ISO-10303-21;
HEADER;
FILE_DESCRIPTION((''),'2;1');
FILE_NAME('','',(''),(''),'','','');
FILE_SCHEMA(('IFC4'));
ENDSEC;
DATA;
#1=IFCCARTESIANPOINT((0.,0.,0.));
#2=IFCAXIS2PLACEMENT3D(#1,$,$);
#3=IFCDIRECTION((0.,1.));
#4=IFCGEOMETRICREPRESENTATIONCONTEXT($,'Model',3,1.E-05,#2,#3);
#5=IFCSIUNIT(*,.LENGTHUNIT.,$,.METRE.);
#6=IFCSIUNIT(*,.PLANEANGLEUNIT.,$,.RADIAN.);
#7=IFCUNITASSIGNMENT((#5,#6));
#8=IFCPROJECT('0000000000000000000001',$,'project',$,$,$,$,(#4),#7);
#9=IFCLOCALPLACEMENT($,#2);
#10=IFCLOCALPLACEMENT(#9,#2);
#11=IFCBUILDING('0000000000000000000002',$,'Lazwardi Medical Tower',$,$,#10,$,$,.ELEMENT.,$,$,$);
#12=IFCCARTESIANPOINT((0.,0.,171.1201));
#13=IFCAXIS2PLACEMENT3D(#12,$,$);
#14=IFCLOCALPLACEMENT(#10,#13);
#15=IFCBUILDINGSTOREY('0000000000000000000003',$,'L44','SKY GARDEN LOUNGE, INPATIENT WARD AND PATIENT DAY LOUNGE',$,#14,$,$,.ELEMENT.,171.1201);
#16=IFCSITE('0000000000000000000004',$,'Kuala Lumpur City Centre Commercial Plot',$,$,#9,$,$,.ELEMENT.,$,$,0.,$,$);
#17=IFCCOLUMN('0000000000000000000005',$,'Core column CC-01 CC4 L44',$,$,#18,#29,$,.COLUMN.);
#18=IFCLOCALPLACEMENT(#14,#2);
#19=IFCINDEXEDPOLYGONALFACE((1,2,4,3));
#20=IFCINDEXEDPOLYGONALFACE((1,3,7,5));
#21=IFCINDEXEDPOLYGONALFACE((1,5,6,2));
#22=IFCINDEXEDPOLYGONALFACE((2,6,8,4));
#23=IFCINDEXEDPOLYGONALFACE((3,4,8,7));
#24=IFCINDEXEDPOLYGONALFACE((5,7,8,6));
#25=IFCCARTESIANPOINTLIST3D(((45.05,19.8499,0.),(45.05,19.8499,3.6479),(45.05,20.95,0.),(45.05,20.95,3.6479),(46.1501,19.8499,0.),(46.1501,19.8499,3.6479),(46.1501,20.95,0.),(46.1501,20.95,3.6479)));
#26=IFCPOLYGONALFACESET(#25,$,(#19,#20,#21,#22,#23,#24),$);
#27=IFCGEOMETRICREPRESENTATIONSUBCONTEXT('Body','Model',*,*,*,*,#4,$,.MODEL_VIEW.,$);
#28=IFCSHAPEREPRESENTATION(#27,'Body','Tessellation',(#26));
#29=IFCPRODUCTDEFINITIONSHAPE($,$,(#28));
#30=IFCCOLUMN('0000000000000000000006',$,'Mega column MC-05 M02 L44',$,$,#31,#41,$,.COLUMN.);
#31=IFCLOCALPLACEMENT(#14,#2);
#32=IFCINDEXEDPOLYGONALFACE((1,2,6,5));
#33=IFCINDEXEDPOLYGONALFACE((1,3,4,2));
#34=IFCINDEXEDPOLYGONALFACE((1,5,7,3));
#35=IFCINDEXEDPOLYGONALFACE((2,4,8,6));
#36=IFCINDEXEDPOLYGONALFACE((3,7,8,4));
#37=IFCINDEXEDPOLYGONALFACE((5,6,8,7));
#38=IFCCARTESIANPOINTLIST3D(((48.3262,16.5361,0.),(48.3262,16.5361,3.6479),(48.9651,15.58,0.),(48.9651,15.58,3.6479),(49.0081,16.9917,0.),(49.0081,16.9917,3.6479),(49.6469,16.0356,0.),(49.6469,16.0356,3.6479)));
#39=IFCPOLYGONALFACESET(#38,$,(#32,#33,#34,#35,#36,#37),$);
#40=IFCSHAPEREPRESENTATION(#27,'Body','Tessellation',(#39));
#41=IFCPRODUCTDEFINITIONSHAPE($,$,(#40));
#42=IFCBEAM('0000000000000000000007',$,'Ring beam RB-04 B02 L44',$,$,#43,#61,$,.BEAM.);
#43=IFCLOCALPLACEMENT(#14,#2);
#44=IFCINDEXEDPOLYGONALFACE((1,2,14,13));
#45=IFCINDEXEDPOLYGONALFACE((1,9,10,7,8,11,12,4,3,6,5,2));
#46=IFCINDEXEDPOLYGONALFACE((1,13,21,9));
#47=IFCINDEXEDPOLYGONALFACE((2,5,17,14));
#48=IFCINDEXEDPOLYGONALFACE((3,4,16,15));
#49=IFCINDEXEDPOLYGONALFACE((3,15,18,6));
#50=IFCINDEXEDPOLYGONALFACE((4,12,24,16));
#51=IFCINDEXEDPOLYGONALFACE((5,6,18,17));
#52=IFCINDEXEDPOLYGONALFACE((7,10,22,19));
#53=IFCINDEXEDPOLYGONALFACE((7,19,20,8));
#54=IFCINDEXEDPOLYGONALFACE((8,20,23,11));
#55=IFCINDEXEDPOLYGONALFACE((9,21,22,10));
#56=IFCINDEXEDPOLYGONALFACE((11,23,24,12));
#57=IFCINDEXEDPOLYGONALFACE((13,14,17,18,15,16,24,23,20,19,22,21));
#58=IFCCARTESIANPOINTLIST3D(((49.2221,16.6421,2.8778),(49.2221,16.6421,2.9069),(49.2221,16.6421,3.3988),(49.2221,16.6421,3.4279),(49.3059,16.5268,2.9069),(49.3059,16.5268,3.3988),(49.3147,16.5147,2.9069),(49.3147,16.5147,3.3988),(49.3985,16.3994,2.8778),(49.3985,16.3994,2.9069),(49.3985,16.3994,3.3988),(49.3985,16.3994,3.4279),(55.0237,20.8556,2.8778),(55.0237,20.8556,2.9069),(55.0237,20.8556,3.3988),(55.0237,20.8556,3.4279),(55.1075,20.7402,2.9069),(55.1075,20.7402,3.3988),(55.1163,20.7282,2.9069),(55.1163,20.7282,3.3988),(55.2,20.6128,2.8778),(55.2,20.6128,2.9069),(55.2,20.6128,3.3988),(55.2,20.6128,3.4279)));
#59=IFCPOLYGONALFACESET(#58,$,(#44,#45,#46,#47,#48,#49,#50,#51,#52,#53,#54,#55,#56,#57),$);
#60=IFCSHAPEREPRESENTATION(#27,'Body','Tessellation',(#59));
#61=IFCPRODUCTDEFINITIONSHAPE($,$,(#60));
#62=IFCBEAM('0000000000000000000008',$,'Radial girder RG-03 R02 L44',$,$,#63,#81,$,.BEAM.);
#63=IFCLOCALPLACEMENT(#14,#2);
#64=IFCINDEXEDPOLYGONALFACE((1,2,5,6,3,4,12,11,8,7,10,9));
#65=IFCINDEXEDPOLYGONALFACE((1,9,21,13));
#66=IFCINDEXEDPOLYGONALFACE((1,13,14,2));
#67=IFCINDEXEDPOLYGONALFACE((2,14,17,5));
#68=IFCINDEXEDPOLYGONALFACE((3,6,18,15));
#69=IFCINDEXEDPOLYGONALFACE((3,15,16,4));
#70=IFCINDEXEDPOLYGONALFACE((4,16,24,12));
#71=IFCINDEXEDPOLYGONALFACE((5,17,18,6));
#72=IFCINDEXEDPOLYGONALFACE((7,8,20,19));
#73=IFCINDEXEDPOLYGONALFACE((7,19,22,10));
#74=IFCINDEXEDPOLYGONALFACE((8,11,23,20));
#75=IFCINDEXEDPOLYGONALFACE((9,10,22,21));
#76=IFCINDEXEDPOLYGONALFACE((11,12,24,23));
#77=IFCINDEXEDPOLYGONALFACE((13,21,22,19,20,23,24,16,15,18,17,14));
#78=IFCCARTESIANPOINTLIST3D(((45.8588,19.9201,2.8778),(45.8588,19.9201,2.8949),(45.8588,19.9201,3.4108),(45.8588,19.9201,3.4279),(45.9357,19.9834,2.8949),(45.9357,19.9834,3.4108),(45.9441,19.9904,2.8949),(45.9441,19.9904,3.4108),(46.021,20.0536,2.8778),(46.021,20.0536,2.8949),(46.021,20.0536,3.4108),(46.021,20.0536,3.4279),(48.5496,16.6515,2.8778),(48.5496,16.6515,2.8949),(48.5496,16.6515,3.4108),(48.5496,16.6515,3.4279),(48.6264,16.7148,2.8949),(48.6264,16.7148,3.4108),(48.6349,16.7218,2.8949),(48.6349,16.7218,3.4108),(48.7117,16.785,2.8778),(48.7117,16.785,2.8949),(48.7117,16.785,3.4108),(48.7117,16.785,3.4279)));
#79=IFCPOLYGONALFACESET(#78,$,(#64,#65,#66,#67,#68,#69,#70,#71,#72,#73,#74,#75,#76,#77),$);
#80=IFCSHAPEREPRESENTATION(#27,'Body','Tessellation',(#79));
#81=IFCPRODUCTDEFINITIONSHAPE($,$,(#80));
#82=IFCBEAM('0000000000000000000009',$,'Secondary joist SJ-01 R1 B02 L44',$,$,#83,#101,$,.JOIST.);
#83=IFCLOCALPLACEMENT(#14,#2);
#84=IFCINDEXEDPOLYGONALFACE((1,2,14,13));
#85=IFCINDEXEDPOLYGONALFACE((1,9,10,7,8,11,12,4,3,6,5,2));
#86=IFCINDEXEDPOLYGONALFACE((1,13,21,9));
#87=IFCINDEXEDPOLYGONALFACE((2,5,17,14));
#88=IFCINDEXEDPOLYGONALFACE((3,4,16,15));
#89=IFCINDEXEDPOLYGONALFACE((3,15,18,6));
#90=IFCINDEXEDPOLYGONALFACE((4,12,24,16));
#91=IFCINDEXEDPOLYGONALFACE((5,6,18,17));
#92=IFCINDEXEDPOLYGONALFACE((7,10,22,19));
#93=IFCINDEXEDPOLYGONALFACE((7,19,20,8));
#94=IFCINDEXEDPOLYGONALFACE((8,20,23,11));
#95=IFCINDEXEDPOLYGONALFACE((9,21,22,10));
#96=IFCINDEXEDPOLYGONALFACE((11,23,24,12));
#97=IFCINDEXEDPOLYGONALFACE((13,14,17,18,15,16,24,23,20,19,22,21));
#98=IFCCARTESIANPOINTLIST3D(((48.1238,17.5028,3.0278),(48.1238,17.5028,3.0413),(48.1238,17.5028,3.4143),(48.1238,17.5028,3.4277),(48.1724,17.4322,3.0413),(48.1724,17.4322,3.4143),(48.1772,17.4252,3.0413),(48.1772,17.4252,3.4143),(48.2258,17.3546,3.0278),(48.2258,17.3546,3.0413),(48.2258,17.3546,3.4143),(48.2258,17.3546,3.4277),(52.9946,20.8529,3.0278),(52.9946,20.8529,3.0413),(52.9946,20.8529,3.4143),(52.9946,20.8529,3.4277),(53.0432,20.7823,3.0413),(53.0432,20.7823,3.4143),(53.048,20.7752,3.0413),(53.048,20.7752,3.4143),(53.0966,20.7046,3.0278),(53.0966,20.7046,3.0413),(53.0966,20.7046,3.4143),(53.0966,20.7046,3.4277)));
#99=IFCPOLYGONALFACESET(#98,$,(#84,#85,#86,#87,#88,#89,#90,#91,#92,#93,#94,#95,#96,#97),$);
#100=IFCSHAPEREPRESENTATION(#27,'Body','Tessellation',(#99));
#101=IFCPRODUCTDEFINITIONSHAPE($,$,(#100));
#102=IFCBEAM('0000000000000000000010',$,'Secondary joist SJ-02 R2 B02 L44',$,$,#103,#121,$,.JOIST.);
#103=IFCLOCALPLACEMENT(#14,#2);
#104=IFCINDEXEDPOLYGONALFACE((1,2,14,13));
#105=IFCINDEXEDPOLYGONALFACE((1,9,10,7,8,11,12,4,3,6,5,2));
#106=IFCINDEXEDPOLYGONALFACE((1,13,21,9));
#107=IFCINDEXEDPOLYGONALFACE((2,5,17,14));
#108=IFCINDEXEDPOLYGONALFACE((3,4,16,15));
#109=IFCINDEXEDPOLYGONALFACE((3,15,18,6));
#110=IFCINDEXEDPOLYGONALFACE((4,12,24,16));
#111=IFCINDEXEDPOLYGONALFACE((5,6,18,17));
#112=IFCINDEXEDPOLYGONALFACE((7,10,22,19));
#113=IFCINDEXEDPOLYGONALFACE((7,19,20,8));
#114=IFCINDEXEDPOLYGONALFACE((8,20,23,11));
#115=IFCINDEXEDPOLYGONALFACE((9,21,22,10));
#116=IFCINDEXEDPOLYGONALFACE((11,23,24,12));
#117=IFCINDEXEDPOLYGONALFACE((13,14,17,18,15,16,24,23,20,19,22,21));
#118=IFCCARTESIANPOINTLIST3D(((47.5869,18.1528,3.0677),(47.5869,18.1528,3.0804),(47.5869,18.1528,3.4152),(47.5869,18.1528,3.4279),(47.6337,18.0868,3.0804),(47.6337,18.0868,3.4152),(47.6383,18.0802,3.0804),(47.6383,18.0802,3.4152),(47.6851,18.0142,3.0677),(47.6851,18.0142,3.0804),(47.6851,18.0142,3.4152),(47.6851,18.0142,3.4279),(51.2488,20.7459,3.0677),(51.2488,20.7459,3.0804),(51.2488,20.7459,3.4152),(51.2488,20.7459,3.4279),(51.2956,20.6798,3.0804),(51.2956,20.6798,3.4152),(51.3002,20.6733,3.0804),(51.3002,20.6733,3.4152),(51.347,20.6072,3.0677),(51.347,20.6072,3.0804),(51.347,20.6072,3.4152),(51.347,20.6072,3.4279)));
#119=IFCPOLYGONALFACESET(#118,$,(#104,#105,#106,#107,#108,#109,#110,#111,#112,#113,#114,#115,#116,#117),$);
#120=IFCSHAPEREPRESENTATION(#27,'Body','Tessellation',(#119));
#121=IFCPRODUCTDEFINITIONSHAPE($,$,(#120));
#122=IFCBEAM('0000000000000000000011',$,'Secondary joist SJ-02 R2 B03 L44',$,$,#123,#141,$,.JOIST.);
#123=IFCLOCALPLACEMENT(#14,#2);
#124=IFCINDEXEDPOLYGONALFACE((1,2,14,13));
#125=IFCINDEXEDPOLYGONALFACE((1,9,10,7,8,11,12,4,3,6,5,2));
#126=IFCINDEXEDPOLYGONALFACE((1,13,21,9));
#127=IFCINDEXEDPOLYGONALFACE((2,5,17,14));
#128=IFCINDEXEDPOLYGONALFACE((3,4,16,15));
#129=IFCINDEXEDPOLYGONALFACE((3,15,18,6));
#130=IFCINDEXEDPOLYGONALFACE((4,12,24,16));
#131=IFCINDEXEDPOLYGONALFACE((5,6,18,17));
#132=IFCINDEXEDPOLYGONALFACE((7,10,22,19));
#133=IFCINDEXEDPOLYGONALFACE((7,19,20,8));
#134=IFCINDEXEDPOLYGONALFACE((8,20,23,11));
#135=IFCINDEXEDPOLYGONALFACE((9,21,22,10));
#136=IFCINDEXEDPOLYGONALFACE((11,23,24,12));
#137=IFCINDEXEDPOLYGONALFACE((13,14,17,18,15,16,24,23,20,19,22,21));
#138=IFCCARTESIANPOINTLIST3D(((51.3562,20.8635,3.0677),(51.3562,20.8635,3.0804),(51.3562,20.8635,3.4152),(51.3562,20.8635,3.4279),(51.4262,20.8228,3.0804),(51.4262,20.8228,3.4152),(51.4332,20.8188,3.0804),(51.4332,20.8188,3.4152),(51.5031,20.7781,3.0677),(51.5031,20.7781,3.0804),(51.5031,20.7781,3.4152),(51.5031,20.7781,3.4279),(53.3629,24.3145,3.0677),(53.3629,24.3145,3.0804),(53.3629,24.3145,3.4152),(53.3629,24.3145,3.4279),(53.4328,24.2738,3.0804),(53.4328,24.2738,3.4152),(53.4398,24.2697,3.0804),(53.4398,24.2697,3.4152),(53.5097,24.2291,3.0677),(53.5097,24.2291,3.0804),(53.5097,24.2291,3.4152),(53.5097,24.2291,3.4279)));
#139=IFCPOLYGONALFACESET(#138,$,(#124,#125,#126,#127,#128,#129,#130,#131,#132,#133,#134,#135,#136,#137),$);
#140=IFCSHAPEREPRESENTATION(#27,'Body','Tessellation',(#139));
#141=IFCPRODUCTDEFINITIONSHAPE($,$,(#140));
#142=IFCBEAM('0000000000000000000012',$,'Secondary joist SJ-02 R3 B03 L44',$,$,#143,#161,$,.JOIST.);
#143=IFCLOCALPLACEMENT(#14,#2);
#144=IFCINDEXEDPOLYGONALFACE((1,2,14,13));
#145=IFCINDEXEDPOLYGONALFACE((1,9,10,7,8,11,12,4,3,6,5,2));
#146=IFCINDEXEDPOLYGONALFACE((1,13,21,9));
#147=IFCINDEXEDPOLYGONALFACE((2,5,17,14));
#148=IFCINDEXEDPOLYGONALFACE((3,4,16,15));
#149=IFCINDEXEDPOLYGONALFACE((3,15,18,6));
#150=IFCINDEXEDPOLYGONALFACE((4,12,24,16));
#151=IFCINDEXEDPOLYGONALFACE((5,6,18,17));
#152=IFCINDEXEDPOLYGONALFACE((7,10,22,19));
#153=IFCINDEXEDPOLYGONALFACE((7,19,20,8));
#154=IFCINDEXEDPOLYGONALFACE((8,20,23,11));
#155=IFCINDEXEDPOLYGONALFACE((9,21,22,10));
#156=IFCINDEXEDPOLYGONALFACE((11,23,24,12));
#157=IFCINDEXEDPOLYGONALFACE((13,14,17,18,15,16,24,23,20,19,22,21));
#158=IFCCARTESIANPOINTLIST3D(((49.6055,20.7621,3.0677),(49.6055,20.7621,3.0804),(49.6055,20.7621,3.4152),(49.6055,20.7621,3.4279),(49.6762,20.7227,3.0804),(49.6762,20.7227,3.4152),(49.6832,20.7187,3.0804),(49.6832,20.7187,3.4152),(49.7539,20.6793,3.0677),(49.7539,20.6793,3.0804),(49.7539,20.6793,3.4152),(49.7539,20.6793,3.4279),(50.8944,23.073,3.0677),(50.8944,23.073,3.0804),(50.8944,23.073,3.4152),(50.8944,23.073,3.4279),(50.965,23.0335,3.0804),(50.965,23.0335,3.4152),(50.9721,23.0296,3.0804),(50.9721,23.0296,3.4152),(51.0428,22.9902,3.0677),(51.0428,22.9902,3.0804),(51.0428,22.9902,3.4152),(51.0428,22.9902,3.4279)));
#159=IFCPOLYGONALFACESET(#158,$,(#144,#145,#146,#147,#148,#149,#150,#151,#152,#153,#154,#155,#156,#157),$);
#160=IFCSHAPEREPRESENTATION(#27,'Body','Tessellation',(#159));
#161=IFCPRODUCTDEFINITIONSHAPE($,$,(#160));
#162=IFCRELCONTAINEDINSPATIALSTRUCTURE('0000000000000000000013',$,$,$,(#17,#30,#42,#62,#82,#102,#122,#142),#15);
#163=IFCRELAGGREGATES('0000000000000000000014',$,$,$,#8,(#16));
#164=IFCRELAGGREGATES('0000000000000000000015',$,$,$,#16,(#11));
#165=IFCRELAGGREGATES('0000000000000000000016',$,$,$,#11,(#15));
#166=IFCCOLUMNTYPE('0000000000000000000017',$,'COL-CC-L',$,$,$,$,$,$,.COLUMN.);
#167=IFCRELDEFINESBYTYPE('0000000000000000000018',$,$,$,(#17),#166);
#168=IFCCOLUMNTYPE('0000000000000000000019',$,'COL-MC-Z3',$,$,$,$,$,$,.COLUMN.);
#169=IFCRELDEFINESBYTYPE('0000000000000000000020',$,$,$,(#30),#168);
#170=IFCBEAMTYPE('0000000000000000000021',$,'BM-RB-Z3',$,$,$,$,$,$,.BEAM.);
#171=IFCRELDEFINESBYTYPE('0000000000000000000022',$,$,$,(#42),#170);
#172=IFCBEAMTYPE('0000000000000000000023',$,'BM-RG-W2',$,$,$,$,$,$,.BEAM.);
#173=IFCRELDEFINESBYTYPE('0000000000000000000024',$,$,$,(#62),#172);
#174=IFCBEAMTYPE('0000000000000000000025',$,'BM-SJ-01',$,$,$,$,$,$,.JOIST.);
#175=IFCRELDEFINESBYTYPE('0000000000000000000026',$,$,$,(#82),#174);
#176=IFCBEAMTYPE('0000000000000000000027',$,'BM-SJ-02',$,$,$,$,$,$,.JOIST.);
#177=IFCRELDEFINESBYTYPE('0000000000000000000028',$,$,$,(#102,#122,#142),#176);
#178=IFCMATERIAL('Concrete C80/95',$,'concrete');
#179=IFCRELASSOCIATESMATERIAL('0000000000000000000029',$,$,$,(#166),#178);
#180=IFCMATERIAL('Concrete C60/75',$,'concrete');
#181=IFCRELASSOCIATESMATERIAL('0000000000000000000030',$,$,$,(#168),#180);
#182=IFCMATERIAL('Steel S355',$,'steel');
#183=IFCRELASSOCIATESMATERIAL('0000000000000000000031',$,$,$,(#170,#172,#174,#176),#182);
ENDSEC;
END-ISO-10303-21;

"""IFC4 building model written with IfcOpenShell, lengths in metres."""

from ifc_helpers import new_model, si_unit, direction, frame, origin, origin_2d, place, context, subcontext, project, spatial, rectangle, i_section, extrude, material, material_profile, profile_set, type_object, element, save


model = new_model("IFC4")

# Units and contexts
model_context = context("Model", 3, precision=1e-05, world=origin(), true_north=direction((0.0, 1.0)))
body_context = subcontext(model_context, "Body", "Model", "MODEL_VIEW")
ifc_project = project(units=[si_unit("LENGTHUNIT", "METRE"), si_unit("PLANEANGLEUNIT", "RADIAN")], contexts=[model_context])

# Site, building, storey
site_placement = place(None, origin())
site = spatial("IfcSite", under=ifc_project, at=site_placement, Name="Kuala Lumpur City Centre Commercial Plot", CompositionType="ELEMENT", RefElevation=0.0)
building_placement = place(site_placement, origin())
building = spatial("IfcBuilding", under=site, at=building_placement, Name="Lazwardi Medical Tower", CompositionType="ELEMENT")
storey_placement = place(building_placement, frame((0.0, 0.0, 171.1201)))
storey = spatial("IfcBuildingStorey", under=building, at=storey_placement, Name="L44", Description="SKY GARDEN LOUNGE, INPATIENT WARD AND PATIENT DAY LOUNGE", CompositionType="ELEMENT", Elevation=171.1201)

# Columns
ifc_material_1 = material(Name="Concrete C80/95", Category="concrete")
ifc_material_profile_1 = material_profile(ifc_material_1, rectangle(XDim=1.1001, YDim=1.1001, at=origin_2d()), Name="RC 1100x1100")
ifc_profile_set_1 = profile_set([ifc_material_profile_1], Name="Concrete C80/95")
column_type_1 = type_object("IfcColumnType", Name="COL-CC-L", PredefinedType="COLUMN", material=ifc_profile_set_1)
column_1_placement = place(storey_placement, frame((45.6001, 20.3999, 0.0), z_axis=(0.0, 0.0, 1.0), x_axis=(1.0, 0.0, 0.0)))
element("IfcColumn", 1, at=column_1_placement, inside=storey, type_object=column_type_1, Name="Core column CC-01 CC4 L44", PredefinedType="COLUMN", context=body_context, shape_type="SweptSolid", body=[
    extrude(rectangle(XDim=1.1001, YDim=1.1001, at=origin_2d()), origin(), (0.0, 0.0, 1.0), 3.6479),
])
ifc_material_2 = material(Name="Concrete C60/75", Category="concrete")
ifc_material_profile_2 = material_profile(ifc_material_2, rectangle(XDim=1.1499, YDim=0.8201, at=origin_2d()), Name="CFT-RECT 1150x820")
ifc_profile_set_2 = profile_set([ifc_material_profile_2], Name="Concrete C60/75")
column_type_2 = type_object("IfcColumnType", Name="COL-MC-Z3", PredefinedType="COLUMN", material=ifc_profile_set_2)
column_2_placement = place(storey_placement, frame((48.9866, 16.2859, 0.0), z_axis=(0.0, 0.0, 1.0), x_axis=(0.55557, -0.83147, 0.0)))
element("IfcColumn", 2, at=column_2_placement, inside=storey, type_object=column_type_2, Name="Mega column MC-05 M02 L44", PredefinedType="COLUMN", context=body_context, shape_type="SweptSolid", body=[
    extrude(rectangle(XDim=1.1499, YDim=0.8201, at=origin_2d()), origin(), (0.0, 0.0, 1.0), 3.6479),
])

# Beams
ifc_material_3 = material(Name="Steel S355", Category="steel")
ifc_material_profile_3 = material_profile(ifc_material_3, i_section(OverallWidth=0.3, OverallDepth=0.55, WebThickness=0.0149, FlangeThickness=0.0291, at=origin_2d()), Name="HEB 550")
ifc_profile_set_3 = profile_set([ifc_material_profile_3], Name="Steel S355")
beam_type_1 = type_object("IfcBeamType", Name="BM-RB-Z3", PredefinedType="BEAM", material=ifc_profile_set_3)
beam_1_placement = place(storey_placement, frame((49.3103, 16.5208, 3.1528), z_axis=(0.809128, 0.587633, 0.0), x_axis=(-0.587633, 0.809128, 0.0)))
element("IfcBeam", 3, at=beam_1_placement, inside=storey, type_object=beam_type_1, Name="Ring beam RB-04 B02 L44", PredefinedType="BEAM", context=body_context, shape_type="SweptSolid", body=[
    extrude(i_section(OverallWidth=0.3, OverallDepth=0.55, WebThickness=0.0149, FlangeThickness=0.0291, at=origin_2d()), origin(), (0.0, 0.0, 1.0), 7.1702),
])
ifc_material_profile_4 = material_profile(ifc_material_3, i_section(OverallWidth=0.21, OverallDepth=0.55, WebThickness=0.011, FlangeThickness=0.0171, at=origin_2d()), Name="IPE 550")
ifc_profile_set_4 = profile_set([ifc_material_profile_4], Name="Steel S355")
beam_type_2 = type_object("IfcBeamType", Name="BM-RG-W2", PredefinedType="BEAM", material=ifc_profile_set_4)
beam_2_placement = place(storey_placement, frame((48.6306, 16.7183, 3.1528), z_axis=(-0.635556, 0.772055, 0.0), x_axis=(-0.772055, -0.635556, 0.0)))
element("IfcBeam", 4, at=beam_2_placement, inside=storey, type_object=beam_type_2, Name="Radial girder RG-03 R02 L44", PredefinedType="BEAM", context=body_context, shape_type="SweptSolid", body=[
    extrude(i_section(OverallWidth=0.21, OverallDepth=0.55, WebThickness=0.011, FlangeThickness=0.0171, at=origin_2d()), origin(), (0.0, 0.0, 1.0), 4.2336),
])
ifc_material_profile_5 = material_profile(ifc_material_3, i_section(OverallWidth=0.1799, OverallDepth=0.3999, WebThickness=0.0085, FlangeThickness=0.0134, at=origin_2d()), Name="IPE 400")
ifc_profile_set_5 = profile_set([ifc_material_profile_5], Name="Steel S355")
beam_type_3 = type_object("IfcBeamType", Name="BM-SJ-01", PredefinedType="JOIST", material=ifc_profile_set_5)
beam_3_placement = place(storey_placement, frame((48.1748, 17.4287, 3.2278), z_axis=(0.823932, 0.566688, 0.0), x_axis=(-0.566688, 0.823932, 0.0)))
element("IfcBeam", 5, at=beam_3_placement, inside=storey, type_object=beam_type_3, Name="Secondary joist SJ-01 R1 B02 L44", PredefinedType="JOIST", context=body_context, shape_type="SweptSolid", body=[
    extrude(i_section(OverallWidth=0.1799, OverallDepth=0.3999, WebThickness=0.0085, FlangeThickness=0.0134, at=origin_2d()), origin(), (0.0, 0.0, 1.0), 5.9116),
])
ifc_material_profile_6 = material_profile(ifc_material_3, i_section(OverallWidth=0.1699, OverallDepth=0.3601, WebThickness=0.0081, FlangeThickness=0.0127, at=origin_2d()), Name="IPE 360")
ifc_profile_set_6 = profile_set([ifc_material_profile_6], Name="Steel S355")
beam_type_4 = type_object("IfcBeamType", Name="BM-SJ-02", PredefinedType="JOIST", material=ifc_profile_set_6)
beam_4_placement = place(storey_placement, frame((47.636, 18.0835, 3.2478), z_axis=(0.816109, 0.577898, 0.0), x_axis=(-0.577898, 0.816109, 0.0)))
element("IfcBeam", 6, at=beam_4_placement, inside=storey, type_object=beam_type_4, Name="Secondary joist SJ-02 R2 B02 L44", PredefinedType="JOIST", context=body_context, shape_type="SweptSolid", body=[
    extrude(i_section(OverallWidth=0.1699, OverallDepth=0.3601, WebThickness=0.0081, FlangeThickness=0.0127, at=origin_2d()), origin(), (0.0, 0.0, 1.0), 4.4871),
])
beam_5_placement = place(storey_placement, frame((51.4297, 20.8208, 3.2478), z_axis=(0.502665, 0.864481, 0.0), x_axis=(-0.864481, 0.502665, 0.0)))
element("IfcBeam", 7, at=beam_5_placement, inside=storey, type_object=beam_type_4, Name="Secondary joist SJ-02 R2 B03 L44", PredefinedType="JOIST", context=body_context, shape_type="SweptSolid", body=[
    extrude(i_section(OverallWidth=0.1699, OverallDepth=0.3601, WebThickness=0.0081, FlangeThickness=0.0127, at=origin_2d()), origin(), (0.0, 0.0, 1.0), 3.9919),
])
beam_6_placement = place(storey_placement, frame((49.6797, 20.7207, 3.2478), z_axis=(0.487099, 0.873347, 0.0), x_axis=(-0.873347, 0.487099, 0.0)))
element("IfcBeam", 8, at=beam_6_placement, inside=storey, type_object=beam_type_4, Name="Secondary joist SJ-02 R3 B03 L44", PredefinedType="JOIST", context=body_context, shape_type="SweptSolid", body=[
    extrude(i_section(OverallWidth=0.1699, OverallDepth=0.3601, WebThickness=0.0081, FlangeThickness=0.0127, at=origin_2d()), origin(), (0.0, 0.0, 1.0), 2.646),
])

save(model, "model.ifc")
